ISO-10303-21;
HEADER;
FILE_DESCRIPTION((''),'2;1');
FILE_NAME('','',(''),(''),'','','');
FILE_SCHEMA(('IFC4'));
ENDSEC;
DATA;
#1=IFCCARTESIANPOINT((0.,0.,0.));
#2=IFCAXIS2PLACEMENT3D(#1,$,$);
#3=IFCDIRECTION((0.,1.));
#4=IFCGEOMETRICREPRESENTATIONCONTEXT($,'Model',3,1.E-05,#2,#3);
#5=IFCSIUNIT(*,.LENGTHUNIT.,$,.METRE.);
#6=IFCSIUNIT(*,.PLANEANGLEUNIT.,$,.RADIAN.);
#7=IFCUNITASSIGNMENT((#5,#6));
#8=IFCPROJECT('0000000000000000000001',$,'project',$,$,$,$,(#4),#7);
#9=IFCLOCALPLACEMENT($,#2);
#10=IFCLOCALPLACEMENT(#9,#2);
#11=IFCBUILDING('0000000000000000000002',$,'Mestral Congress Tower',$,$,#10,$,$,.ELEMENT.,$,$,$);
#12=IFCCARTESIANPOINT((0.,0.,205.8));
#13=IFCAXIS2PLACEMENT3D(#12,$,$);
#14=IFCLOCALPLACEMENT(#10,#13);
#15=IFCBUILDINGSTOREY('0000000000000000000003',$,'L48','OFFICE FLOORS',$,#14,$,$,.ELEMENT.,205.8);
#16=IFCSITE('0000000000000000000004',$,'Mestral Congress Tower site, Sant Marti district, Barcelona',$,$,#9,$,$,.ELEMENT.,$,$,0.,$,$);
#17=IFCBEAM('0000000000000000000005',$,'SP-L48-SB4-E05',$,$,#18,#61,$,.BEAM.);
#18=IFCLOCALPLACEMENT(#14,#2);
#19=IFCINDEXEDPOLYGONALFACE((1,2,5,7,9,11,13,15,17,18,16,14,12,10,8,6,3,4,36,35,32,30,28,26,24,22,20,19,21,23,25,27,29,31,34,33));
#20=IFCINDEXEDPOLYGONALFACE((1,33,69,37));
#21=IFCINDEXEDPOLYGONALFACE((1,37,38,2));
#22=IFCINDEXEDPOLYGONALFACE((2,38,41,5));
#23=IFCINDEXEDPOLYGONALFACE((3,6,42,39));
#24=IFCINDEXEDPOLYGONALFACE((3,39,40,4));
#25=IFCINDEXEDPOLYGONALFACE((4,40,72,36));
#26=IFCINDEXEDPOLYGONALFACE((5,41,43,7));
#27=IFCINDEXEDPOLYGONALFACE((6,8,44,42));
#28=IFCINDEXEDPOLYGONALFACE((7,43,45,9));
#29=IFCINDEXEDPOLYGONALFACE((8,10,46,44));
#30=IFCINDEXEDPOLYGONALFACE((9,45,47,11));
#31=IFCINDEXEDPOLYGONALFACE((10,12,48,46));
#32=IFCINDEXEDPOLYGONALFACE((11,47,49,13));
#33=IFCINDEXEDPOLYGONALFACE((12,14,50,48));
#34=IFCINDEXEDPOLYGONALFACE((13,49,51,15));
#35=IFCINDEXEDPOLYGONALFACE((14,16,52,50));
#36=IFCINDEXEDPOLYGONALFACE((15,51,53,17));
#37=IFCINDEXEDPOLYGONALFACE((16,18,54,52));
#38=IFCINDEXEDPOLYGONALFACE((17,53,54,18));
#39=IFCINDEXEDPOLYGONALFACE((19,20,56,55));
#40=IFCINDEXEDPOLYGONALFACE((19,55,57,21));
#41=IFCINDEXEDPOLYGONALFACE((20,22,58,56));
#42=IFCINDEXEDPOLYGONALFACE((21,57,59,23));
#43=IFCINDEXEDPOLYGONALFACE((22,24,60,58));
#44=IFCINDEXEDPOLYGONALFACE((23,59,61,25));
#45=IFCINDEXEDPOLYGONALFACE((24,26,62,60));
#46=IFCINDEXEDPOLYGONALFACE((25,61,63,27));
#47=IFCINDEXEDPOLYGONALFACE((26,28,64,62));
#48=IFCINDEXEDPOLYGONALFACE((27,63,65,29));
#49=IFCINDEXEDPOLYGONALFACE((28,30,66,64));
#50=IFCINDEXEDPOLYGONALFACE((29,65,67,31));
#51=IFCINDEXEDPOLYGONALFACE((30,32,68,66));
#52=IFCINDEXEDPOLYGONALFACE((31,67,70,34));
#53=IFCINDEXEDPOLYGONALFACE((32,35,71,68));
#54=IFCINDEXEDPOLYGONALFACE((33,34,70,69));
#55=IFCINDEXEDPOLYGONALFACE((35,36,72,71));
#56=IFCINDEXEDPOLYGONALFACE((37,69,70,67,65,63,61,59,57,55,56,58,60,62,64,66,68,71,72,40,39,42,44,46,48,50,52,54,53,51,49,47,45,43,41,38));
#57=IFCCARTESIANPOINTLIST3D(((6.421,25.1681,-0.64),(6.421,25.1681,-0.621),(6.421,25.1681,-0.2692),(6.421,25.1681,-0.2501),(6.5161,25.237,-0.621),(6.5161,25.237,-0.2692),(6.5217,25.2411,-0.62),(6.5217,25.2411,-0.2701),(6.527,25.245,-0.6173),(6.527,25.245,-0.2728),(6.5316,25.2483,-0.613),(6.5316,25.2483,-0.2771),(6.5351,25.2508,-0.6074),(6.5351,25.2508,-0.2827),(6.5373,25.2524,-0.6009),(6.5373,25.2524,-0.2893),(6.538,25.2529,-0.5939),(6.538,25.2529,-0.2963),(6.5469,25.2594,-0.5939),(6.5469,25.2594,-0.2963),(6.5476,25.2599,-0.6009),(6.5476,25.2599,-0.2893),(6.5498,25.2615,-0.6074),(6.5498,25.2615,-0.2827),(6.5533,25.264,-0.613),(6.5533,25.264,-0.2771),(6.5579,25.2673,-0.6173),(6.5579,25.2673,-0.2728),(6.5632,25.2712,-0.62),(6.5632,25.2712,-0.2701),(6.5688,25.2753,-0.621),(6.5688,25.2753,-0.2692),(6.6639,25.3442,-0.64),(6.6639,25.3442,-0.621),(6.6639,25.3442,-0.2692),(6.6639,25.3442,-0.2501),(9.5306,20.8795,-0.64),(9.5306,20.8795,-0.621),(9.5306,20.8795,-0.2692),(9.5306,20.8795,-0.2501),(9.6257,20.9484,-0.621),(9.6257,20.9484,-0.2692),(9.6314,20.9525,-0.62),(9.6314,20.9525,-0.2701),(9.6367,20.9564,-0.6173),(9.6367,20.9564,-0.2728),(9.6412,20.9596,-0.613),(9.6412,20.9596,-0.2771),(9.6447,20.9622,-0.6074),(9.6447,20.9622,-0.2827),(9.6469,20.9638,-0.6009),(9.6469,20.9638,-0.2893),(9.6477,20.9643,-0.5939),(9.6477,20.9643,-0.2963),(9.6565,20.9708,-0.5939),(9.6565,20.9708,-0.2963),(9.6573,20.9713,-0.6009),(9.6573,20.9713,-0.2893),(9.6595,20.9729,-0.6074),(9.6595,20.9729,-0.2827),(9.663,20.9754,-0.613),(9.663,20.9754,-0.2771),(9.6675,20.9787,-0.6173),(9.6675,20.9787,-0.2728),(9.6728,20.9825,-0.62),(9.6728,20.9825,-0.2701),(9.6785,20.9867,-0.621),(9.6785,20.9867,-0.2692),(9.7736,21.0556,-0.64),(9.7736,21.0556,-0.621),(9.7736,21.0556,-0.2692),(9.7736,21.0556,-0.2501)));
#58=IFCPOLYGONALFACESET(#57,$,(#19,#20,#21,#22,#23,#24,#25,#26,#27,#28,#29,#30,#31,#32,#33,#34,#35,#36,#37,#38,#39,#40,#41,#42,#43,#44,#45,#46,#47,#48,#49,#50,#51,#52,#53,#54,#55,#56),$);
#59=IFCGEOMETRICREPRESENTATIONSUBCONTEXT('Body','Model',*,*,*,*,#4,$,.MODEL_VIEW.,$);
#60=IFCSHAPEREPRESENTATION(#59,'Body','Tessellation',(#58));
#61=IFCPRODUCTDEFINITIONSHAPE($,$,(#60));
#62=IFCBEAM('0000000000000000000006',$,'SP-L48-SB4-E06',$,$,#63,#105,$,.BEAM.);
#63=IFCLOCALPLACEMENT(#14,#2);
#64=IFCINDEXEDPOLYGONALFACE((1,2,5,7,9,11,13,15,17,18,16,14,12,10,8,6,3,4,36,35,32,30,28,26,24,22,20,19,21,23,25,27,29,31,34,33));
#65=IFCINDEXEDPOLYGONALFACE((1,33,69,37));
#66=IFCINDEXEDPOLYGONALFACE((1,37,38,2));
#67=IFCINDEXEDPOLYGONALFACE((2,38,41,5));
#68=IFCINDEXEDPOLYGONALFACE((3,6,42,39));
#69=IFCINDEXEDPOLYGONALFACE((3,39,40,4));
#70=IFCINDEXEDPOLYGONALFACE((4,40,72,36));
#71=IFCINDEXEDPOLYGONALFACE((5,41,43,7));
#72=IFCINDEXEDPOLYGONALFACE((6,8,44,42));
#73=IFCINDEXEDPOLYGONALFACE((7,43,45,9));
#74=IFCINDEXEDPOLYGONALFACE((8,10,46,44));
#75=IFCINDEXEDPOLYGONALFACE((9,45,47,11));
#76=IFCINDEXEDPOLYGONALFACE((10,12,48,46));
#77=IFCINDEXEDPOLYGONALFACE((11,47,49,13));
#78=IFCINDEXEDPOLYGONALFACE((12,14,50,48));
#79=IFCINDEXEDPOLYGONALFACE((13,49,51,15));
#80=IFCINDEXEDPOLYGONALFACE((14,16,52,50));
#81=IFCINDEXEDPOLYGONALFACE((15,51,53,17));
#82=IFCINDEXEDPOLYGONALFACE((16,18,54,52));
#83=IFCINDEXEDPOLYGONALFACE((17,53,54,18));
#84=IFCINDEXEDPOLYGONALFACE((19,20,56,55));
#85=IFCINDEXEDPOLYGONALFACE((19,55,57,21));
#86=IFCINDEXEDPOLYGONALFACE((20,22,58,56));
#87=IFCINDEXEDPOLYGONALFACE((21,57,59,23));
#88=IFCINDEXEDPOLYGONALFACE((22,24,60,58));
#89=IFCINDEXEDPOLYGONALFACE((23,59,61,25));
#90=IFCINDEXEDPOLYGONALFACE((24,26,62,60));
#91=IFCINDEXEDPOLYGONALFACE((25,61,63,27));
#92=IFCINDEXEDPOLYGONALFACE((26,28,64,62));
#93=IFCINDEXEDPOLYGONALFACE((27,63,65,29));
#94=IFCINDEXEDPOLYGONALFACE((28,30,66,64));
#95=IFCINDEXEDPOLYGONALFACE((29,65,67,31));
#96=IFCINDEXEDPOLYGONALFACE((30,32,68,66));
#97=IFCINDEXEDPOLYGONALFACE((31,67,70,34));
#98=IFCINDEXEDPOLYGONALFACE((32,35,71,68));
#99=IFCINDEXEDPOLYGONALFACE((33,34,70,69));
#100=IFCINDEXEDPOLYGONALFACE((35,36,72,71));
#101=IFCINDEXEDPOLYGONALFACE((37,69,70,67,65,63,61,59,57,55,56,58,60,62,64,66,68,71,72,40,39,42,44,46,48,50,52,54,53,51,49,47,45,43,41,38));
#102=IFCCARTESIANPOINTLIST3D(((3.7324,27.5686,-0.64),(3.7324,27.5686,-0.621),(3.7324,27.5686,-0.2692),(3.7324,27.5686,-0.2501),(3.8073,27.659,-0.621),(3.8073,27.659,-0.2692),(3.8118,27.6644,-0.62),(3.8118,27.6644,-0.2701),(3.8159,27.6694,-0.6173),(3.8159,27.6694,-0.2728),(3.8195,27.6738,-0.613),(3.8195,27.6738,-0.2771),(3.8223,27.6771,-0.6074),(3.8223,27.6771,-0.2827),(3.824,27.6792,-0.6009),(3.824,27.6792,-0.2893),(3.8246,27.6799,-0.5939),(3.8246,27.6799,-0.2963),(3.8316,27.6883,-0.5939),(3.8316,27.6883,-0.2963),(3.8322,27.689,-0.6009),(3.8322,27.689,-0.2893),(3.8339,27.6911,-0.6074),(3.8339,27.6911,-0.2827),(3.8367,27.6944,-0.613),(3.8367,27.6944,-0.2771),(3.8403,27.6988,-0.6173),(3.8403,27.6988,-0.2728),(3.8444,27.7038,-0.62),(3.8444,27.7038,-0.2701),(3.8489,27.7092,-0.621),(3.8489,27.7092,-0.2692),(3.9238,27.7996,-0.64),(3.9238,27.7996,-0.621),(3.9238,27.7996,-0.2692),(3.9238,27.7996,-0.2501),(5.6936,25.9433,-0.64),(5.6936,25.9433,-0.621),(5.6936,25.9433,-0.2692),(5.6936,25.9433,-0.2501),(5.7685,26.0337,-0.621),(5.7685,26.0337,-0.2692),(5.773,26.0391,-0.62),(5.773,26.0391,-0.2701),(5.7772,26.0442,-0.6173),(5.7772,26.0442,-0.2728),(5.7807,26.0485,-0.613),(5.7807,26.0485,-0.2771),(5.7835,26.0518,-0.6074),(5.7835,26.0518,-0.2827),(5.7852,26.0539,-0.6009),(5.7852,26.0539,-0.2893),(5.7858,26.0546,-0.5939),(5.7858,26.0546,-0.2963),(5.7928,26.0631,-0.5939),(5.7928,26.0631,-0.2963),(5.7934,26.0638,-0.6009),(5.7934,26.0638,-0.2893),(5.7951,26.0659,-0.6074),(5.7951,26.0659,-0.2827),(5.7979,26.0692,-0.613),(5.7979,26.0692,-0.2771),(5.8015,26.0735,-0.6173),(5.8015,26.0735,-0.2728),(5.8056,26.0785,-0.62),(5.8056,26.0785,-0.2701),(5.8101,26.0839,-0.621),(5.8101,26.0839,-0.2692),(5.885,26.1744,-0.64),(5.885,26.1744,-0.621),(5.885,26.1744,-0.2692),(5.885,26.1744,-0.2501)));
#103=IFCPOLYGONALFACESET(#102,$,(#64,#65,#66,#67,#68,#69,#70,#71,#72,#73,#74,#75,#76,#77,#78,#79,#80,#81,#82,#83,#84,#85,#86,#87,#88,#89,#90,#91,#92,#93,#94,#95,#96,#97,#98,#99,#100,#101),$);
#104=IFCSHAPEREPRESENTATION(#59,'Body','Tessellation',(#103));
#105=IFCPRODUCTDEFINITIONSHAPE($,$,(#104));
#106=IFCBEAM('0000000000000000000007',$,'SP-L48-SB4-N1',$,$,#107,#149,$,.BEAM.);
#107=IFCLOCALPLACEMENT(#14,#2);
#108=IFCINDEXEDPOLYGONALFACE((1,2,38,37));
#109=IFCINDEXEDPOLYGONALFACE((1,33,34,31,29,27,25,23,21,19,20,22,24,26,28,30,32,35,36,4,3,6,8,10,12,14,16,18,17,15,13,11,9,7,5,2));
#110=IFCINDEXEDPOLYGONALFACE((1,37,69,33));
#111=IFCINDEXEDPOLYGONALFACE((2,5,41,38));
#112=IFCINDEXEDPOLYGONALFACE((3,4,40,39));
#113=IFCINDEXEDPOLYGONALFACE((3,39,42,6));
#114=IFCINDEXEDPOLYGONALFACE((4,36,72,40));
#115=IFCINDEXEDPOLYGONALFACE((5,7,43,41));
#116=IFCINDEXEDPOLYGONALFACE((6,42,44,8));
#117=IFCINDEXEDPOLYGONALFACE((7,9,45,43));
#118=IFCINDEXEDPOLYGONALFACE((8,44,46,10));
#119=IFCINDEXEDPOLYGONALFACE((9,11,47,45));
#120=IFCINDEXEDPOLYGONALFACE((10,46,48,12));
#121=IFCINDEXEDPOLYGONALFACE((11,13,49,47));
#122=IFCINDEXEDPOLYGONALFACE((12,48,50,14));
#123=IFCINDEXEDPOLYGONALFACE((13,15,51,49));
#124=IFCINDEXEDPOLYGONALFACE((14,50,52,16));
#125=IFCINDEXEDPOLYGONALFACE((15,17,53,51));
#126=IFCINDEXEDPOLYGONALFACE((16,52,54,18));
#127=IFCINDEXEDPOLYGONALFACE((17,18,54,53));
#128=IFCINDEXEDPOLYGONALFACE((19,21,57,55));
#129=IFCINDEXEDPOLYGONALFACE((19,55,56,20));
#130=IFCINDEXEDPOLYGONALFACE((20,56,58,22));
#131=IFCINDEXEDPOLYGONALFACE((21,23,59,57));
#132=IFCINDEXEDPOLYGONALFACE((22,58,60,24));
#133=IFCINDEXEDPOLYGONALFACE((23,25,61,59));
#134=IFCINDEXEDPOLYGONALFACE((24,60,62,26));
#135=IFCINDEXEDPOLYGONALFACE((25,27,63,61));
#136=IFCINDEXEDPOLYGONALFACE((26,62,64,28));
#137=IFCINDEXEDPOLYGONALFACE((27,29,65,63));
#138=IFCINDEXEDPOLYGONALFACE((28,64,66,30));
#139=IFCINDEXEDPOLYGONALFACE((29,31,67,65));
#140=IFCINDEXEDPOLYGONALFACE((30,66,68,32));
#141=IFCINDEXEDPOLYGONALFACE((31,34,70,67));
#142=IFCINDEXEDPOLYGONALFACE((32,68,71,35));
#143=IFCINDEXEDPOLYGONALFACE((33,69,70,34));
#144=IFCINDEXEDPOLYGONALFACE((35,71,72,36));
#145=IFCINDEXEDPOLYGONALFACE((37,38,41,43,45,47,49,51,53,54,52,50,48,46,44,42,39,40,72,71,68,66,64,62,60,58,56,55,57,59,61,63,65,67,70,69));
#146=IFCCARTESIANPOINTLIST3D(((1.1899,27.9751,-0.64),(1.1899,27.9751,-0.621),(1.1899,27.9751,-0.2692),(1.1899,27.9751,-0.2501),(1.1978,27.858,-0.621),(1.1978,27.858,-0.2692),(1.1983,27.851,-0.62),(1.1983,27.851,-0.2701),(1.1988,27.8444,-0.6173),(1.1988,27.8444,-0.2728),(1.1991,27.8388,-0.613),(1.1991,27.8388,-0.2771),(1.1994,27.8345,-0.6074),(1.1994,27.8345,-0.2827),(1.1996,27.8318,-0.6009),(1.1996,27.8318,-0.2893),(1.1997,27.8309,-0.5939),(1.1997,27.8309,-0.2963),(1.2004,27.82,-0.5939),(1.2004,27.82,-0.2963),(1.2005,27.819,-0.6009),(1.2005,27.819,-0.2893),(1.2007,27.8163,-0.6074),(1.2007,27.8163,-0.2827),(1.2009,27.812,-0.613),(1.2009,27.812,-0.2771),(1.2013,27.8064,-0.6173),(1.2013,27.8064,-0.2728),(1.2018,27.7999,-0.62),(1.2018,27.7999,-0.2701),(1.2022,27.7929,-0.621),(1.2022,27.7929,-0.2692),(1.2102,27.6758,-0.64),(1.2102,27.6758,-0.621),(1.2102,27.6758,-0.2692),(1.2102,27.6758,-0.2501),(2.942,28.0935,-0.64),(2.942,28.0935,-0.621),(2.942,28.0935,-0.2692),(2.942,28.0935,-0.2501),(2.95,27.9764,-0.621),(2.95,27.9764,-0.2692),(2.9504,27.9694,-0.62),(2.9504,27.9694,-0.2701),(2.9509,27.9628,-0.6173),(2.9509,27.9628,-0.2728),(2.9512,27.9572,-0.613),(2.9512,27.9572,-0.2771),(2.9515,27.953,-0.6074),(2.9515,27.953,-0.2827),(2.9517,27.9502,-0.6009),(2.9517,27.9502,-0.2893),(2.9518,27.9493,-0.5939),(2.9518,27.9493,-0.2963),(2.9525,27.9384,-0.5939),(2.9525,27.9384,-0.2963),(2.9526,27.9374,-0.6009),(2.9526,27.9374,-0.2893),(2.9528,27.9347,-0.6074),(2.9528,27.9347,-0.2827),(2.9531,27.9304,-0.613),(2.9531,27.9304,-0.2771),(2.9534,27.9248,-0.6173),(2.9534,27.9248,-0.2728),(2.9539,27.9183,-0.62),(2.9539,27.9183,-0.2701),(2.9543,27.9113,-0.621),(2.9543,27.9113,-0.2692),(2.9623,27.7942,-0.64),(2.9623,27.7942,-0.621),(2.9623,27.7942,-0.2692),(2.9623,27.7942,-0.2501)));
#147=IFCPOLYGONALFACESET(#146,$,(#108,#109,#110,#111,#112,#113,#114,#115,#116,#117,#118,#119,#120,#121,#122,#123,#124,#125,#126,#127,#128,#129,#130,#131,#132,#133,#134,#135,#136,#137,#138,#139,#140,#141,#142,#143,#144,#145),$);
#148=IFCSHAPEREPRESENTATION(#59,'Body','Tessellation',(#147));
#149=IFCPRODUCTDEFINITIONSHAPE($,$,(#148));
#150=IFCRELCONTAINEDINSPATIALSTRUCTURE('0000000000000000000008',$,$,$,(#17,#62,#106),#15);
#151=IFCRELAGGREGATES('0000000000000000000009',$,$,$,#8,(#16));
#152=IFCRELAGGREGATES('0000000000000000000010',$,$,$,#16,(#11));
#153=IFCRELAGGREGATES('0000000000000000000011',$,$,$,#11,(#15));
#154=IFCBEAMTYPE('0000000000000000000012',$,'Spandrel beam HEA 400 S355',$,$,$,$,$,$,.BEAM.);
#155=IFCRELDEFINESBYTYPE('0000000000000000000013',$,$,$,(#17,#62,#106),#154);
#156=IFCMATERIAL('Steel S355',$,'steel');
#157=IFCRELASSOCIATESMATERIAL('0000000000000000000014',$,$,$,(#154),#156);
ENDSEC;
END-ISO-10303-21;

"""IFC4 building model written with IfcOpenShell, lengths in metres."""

from ifc_helpers import new_model, si_unit, direction, frame, origin, origin_2d, place, context, subcontext, project, spatial, i_section, extrude, material, material_profile, profile_set, type_object, element, save


model = new_model("IFC4")

# Units and contexts
model_context = context("Model", 3, precision=1e-05, world=origin(), true_north=direction((0.0, 1.0)))
body_context = subcontext(model_context, "Body", "Model", "MODEL_VIEW")
ifc_project = project(units=[si_unit("LENGTHUNIT", "METRE"), si_unit("PLANEANGLEUNIT", "RADIAN")], contexts=[model_context])

# Site, building, storey
site_placement = place(None, origin())
site = spatial("IfcSite", under=ifc_project, at=site_placement, Name="Mestral Congress Tower site, Sant Marti district, Barcelona", CompositionType="ELEMENT", RefElevation=0.0)
building_placement = place(site_placement, origin())
building = spatial("IfcBuilding", under=site, at=building_placement, Name="Mestral Congress Tower", CompositionType="ELEMENT")
storey_placement = place(building_placement, frame((0.0, 0.0, 205.8)))
storey = spatial("IfcBuildingStorey", under=building, at=storey_placement, Name="L48", Description="OFFICE FLOORS", CompositionType="ELEMENT", Elevation=205.8)

# Beams
ifc_material_1 = material(Name="Steel S355", Category="steel")
ifc_material_profile_1 = material_profile(ifc_material_1, i_section(OverallWidth=0.3, OverallDepth=0.3899, WebThickness=0.011, FlangeThickness=0.019, FilletRadius=0.0271, at=origin_2d()), Name="HEA 400")
ifc_profile_set_1 = profile_set([ifc_material_profile_1], Name="Steel S355")
beam_type_1 = type_object("IfcBeamType", Name="Spandrel beam HEA 400 S355", PredefinedType="BEAM", material=ifc_profile_set_1)
beam_1_placement = place(storey_placement, frame((9.6521, 20.9675, -0.4451), z_axis=(-0.587017, 0.809574, 0.0), x_axis=(-0.809574, -0.587017, 0.0)))
element("IfcBeam", 1, at=beam_1_placement, inside=storey, type_object=beam_type_1, Name="SP-L48-SB4-E05", PredefinedType="BEAM", context=body_context, shape_type="SweptSolid", body=[
    extrude(i_section(OverallWidth=0.3, OverallDepth=0.3899, WebThickness=0.011, FlangeThickness=0.019, FilletRadius=0.0271, at=origin_2d()), origin(), (0.0, 0.0, 1.0), 5.2974),
])
beam_2_placement = place(storey_placement, frame((5.7893, 26.0588, -0.4451), z_axis=(-0.76997, 0.63808, 0.0), x_axis=(-0.63808, -0.76997, 0.0)))
element("IfcBeam", 2, at=beam_2_placement, inside=storey, type_object=beam_type_1, Name="SP-L48-SB4-E06", PredefinedType="BEAM", context=body_context, shape_type="SweptSolid", body=[
    extrude(i_section(OverallWidth=0.3, OverallDepth=0.3899, WebThickness=0.011, FlangeThickness=0.019, FilletRadius=0.0271, at=origin_2d()), origin(), (0.0, 0.0, 1.0), 2.5471),
])
beam_3_placement = place(storey_placement, frame((2.9521, 27.9438, -0.4451), z_axis=(-0.997724, -0.067423, 0.0), x_axis=(0.067423, -0.997724, 0.0)))
element("IfcBeam", 3, at=beam_3_placement, inside=storey, type_object=beam_type_1, Name="SP-L48-SB4-N1", PredefinedType="BEAM", context=body_context, shape_type="SweptSolid", body=[
    extrude(i_section(OverallWidth=0.3, OverallDepth=0.3899, WebThickness=0.011, FlangeThickness=0.019, FilletRadius=0.0271, at=origin_2d()), origin(), (0.0, 0.0, 1.0), 1.7561),
])

save(model, "model.ifc")
